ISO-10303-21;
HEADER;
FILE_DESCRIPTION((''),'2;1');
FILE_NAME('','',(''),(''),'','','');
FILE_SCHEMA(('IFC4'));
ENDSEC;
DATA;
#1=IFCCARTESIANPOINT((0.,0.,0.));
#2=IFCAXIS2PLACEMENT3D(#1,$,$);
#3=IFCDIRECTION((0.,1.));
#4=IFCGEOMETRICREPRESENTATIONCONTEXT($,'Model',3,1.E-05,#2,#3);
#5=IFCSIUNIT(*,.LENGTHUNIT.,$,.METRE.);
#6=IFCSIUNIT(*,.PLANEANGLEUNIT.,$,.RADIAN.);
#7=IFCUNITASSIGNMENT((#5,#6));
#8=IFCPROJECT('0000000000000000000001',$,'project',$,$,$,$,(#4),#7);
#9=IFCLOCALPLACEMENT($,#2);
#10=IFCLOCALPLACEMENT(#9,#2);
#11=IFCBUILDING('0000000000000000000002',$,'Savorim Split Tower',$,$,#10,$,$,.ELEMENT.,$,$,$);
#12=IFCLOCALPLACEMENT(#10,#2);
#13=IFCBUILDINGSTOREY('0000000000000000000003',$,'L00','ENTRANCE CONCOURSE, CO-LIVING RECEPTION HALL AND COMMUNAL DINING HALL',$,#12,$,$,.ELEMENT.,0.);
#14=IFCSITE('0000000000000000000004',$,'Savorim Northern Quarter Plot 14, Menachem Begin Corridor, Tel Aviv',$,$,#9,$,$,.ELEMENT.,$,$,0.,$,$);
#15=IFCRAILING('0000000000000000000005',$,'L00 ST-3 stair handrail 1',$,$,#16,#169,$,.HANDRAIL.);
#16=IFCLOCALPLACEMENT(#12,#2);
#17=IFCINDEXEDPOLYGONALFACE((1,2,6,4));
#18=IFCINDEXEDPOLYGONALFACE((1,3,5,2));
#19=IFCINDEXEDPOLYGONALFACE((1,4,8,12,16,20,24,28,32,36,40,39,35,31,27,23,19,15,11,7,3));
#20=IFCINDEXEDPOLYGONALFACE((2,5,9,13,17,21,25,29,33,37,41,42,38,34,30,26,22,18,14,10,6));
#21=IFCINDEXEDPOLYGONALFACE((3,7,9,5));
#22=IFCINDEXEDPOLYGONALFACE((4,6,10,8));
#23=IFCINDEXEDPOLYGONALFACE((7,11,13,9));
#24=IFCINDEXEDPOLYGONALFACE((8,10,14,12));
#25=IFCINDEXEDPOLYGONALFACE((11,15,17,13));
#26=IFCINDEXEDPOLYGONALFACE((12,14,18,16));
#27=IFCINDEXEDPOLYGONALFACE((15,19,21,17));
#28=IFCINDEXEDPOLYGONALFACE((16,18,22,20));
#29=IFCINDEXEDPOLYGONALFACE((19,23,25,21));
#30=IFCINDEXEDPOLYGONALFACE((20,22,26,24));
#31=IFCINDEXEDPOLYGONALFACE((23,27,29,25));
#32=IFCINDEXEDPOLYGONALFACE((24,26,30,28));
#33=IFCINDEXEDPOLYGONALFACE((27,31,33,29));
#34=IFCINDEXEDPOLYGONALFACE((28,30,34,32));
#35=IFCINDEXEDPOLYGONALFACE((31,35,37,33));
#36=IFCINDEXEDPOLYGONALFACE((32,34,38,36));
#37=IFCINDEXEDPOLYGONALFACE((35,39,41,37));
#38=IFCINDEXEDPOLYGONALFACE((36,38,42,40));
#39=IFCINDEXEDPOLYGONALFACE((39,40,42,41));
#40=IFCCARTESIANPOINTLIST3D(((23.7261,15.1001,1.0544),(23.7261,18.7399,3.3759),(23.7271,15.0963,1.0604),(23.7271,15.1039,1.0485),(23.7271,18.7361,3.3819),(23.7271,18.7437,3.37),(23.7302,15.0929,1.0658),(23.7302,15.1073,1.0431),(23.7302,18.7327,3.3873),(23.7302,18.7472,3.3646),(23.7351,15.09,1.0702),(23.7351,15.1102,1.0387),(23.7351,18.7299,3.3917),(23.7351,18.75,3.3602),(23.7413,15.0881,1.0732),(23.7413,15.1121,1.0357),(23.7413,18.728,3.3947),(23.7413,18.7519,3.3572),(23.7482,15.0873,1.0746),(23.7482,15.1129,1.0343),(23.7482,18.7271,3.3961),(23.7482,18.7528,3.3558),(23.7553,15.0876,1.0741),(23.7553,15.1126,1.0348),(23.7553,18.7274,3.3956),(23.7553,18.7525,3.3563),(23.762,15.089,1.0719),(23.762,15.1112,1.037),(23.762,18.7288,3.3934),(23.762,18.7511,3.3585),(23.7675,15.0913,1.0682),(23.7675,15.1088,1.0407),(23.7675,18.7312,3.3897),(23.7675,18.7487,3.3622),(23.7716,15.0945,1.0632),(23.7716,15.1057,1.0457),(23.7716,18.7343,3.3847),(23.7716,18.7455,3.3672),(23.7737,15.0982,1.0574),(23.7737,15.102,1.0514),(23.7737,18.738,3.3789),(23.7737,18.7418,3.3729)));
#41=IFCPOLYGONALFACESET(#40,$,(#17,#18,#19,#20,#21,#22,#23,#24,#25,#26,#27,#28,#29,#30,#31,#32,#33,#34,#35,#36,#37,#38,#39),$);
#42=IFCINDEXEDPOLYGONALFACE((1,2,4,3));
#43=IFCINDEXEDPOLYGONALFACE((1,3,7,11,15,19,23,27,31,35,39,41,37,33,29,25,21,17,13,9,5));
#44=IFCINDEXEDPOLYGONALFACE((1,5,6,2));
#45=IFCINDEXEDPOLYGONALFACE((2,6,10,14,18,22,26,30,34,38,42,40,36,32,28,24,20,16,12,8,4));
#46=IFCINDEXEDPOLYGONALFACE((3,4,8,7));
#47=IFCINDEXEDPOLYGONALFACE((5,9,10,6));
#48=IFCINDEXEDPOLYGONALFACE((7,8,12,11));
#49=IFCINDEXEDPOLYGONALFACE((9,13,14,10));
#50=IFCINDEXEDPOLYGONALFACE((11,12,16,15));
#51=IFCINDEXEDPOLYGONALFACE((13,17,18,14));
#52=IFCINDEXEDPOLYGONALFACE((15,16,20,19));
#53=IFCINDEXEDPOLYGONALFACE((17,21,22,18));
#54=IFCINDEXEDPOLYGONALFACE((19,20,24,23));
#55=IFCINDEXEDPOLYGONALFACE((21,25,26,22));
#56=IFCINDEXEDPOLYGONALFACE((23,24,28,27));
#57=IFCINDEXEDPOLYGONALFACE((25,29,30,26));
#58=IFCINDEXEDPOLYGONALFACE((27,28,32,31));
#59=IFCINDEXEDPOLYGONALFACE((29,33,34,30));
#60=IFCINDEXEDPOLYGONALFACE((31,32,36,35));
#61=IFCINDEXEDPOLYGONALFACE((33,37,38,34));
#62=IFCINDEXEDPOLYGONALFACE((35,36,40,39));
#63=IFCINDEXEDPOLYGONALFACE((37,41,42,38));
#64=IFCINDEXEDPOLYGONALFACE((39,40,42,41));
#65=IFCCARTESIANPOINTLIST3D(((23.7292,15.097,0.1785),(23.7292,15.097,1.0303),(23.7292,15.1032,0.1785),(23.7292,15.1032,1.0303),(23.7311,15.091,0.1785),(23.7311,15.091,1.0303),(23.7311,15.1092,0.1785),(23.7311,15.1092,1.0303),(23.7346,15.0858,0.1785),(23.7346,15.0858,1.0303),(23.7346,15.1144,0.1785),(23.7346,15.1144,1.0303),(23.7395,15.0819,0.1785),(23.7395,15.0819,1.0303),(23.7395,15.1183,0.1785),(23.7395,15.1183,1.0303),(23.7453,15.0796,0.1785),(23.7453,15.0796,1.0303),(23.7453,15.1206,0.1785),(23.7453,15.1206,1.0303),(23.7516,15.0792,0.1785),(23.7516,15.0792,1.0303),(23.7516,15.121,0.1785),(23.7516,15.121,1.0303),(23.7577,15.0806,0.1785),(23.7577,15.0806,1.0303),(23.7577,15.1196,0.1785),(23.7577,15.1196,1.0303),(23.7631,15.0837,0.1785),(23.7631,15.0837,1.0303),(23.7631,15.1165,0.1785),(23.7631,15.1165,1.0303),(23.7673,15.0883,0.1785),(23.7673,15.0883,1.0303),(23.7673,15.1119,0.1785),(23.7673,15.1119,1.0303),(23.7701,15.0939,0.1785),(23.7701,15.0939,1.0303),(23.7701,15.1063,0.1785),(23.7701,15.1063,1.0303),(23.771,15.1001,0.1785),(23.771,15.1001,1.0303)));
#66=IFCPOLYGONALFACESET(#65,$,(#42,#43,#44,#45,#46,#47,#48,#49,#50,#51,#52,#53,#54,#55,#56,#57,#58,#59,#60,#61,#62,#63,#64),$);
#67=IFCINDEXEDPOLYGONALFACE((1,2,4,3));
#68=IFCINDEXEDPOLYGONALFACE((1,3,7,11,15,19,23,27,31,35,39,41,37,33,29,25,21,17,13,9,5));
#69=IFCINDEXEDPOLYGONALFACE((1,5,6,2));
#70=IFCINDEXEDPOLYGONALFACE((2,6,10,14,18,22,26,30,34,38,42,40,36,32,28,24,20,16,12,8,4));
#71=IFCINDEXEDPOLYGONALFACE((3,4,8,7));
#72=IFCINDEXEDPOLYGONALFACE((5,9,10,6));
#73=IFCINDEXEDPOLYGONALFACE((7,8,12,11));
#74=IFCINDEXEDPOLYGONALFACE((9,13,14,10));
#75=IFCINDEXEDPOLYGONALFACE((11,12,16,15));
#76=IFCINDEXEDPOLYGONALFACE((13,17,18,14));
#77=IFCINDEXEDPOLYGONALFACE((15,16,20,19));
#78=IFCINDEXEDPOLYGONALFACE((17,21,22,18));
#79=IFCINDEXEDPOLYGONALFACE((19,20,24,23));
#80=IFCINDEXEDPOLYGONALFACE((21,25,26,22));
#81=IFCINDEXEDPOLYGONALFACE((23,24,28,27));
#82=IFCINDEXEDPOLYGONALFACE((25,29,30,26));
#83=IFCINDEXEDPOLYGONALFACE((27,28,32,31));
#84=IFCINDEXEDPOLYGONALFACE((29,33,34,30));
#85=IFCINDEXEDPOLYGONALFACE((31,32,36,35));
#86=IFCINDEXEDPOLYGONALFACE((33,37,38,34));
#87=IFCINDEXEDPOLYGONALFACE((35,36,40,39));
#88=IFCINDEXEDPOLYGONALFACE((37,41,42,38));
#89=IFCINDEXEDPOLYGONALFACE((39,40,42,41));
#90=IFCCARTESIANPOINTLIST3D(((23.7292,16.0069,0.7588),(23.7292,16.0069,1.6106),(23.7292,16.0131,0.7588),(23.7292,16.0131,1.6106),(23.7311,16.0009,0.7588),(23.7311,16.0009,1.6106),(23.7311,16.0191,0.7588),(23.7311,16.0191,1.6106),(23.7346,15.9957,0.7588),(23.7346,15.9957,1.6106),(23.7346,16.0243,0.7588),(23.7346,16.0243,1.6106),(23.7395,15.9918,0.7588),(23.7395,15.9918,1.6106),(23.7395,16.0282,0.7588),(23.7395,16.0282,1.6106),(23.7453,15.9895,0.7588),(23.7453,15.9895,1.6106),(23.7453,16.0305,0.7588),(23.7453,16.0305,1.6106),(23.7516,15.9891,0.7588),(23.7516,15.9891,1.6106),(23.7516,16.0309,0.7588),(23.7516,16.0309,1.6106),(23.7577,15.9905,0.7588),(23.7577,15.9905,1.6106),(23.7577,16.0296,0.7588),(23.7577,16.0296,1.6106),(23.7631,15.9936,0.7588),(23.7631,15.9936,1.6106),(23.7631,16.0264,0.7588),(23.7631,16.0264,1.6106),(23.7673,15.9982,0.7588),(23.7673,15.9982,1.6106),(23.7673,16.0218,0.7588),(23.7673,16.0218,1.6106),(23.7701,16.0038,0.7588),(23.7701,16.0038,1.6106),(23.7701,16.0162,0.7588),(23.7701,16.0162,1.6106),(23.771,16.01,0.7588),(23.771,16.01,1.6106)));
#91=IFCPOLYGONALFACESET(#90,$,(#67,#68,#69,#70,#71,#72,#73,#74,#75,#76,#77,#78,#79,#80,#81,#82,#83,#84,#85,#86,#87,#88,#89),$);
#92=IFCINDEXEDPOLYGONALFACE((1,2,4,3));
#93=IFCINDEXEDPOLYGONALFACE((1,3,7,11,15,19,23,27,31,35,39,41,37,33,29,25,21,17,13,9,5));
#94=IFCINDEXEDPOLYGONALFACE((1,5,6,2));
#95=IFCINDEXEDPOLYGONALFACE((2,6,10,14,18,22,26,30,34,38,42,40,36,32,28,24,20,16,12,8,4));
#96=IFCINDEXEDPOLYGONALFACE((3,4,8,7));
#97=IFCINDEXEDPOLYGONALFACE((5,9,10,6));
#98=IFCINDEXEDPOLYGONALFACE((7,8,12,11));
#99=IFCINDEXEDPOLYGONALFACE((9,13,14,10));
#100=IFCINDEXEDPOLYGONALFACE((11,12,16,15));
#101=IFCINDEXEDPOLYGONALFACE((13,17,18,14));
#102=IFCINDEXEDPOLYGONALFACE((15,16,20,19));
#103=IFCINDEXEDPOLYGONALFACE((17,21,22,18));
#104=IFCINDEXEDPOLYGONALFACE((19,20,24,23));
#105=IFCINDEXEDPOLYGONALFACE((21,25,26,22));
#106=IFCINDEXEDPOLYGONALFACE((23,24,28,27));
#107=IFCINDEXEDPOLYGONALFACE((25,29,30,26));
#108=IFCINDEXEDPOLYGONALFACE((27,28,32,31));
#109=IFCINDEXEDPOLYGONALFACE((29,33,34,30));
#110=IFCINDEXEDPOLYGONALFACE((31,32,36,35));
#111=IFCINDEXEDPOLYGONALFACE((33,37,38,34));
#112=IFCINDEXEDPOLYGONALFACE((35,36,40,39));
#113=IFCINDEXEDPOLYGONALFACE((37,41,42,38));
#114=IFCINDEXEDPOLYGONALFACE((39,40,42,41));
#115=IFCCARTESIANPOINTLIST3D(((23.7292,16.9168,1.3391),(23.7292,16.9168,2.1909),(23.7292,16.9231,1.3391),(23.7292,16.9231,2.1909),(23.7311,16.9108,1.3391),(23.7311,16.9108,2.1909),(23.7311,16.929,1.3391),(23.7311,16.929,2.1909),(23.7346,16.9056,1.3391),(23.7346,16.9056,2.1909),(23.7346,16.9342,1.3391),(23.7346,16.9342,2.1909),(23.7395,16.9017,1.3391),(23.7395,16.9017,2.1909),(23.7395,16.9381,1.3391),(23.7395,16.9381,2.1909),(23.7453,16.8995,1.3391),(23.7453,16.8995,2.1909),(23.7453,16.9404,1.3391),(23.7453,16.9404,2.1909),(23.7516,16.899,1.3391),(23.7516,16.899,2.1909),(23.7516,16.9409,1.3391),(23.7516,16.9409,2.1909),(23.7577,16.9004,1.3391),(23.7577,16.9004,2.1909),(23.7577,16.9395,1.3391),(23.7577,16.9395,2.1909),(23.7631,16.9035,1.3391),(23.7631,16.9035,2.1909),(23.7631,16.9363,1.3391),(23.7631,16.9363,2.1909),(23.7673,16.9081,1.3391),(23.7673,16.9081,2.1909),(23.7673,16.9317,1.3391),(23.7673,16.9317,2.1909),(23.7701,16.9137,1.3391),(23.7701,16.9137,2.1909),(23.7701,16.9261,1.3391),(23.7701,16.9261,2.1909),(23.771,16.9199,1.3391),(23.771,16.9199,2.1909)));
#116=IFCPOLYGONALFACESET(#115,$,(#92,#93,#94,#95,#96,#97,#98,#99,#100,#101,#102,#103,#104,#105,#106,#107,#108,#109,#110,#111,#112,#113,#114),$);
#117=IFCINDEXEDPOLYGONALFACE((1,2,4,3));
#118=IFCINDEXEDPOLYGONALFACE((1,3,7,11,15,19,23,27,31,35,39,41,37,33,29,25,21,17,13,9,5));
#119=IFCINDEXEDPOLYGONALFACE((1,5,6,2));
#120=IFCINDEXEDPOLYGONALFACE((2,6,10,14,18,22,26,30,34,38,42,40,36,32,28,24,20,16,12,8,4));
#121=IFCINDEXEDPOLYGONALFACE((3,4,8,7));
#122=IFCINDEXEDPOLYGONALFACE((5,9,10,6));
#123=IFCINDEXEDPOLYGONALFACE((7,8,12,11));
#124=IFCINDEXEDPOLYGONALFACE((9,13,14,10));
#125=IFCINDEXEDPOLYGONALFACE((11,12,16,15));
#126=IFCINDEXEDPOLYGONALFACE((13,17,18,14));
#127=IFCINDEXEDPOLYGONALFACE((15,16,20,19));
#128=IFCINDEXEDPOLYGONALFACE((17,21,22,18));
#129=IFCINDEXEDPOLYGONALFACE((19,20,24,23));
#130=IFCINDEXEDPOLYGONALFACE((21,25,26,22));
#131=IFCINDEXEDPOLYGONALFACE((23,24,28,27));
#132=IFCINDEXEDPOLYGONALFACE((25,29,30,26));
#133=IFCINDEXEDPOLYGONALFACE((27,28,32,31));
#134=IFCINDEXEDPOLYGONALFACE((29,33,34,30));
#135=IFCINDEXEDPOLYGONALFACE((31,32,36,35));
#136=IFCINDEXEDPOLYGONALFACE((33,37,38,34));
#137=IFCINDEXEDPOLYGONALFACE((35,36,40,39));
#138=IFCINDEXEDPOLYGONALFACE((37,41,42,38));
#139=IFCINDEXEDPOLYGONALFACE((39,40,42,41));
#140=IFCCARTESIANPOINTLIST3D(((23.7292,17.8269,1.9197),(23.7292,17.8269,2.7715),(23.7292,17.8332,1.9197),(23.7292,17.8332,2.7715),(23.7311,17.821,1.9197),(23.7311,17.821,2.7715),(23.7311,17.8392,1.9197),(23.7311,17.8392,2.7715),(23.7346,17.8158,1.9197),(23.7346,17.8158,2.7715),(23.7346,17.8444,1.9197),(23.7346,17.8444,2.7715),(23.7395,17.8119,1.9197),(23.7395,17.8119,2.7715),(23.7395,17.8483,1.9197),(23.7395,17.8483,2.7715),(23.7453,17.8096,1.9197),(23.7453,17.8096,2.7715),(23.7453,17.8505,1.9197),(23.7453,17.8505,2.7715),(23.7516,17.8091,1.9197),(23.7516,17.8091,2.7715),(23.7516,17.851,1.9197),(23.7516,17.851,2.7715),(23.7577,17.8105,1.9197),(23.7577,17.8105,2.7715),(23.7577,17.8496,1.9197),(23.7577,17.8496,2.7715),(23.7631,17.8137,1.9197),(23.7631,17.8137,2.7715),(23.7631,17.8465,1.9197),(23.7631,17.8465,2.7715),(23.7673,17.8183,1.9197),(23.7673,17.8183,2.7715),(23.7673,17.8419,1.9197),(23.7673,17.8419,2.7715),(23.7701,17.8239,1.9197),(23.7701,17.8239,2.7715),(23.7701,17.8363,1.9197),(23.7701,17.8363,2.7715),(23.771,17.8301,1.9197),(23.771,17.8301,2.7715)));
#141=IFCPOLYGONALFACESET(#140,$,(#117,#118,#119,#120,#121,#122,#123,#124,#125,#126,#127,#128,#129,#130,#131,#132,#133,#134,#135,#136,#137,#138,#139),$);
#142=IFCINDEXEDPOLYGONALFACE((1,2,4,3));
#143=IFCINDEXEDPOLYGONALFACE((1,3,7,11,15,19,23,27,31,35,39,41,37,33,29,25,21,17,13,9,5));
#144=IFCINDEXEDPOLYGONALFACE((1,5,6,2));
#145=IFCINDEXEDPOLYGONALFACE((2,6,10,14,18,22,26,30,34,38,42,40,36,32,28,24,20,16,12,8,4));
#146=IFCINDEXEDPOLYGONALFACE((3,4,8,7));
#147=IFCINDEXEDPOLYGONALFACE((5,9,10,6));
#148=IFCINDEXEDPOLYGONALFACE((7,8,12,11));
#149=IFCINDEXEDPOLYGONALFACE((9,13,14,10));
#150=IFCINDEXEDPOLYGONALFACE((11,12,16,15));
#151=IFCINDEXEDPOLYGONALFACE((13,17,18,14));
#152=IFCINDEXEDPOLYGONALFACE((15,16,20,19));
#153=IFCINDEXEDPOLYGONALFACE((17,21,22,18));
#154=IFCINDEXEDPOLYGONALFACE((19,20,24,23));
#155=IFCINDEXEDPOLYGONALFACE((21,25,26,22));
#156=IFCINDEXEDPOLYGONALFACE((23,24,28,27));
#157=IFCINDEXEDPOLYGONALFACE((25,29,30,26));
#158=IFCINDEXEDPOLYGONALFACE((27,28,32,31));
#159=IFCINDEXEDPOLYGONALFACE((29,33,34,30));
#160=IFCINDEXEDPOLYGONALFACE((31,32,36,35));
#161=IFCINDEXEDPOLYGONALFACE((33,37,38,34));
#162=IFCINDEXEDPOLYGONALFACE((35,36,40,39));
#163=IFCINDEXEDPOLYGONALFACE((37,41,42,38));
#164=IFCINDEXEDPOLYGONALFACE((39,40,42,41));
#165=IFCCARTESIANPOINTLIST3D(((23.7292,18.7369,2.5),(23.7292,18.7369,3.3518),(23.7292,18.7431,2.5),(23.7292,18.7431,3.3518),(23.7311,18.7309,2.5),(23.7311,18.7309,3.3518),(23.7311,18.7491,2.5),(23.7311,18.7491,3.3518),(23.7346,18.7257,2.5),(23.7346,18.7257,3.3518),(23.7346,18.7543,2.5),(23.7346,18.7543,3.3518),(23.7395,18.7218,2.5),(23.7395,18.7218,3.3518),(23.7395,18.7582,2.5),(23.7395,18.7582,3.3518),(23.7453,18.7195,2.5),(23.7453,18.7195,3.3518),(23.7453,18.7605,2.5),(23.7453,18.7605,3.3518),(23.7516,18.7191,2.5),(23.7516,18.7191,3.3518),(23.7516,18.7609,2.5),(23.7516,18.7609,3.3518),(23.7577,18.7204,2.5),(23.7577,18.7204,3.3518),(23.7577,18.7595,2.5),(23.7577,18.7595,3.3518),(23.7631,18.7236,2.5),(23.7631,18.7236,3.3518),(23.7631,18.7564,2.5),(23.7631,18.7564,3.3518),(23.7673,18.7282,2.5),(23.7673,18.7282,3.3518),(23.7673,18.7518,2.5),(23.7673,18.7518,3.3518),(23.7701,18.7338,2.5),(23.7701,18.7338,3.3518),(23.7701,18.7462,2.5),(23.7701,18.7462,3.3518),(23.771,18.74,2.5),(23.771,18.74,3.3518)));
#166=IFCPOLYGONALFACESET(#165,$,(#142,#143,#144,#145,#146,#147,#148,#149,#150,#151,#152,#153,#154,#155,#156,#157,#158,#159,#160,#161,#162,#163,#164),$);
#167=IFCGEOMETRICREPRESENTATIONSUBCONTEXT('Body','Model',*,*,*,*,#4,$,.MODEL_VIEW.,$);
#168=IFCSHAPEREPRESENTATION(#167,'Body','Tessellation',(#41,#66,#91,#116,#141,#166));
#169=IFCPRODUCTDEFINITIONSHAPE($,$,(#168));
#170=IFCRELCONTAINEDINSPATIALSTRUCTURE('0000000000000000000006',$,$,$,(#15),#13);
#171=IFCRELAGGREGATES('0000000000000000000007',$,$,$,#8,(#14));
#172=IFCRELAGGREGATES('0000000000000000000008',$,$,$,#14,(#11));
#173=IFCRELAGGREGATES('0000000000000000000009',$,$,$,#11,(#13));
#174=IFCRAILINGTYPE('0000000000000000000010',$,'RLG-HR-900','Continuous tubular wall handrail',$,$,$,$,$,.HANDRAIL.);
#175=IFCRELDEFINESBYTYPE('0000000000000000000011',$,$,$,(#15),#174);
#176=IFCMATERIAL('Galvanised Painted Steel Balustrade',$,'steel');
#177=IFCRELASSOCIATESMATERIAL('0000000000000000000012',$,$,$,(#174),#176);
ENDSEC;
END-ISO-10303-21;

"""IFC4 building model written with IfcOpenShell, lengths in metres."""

from ifc_helpers import new_model, si_unit, direction, frame, origin, origin_2d, place, context, subcontext, project, spatial, circle, extrude, material, type_object, element, save


model = new_model("IFC4")

# Units and contexts
model_context = context("Model", 3, precision=1e-05, world=origin(), true_north=direction((0.0, 1.0)))
body_context = subcontext(model_context, "Body", "Model", "MODEL_VIEW")
ifc_project = project(units=[si_unit("LENGTHUNIT", "METRE"), si_unit("PLANEANGLEUNIT", "RADIAN")], contexts=[model_context])

# Site, building, storey
site_placement = place(None, origin())
site = spatial("IfcSite", under=ifc_project, at=site_placement, Name="Savorim Northern Quarter Plot 14, Menachem Begin Corridor, Tel Aviv", CompositionType="ELEMENT", RefElevation=0.0)
building_placement = place(site_placement, origin())
building = spatial("IfcBuilding", under=site, at=building_placement, Name="Savorim Split Tower", CompositionType="ELEMENT")
storey_placement = place(building_placement, origin())
storey = spatial("IfcBuildingStorey", under=building, at=storey_placement, Name="L00", Description="ENTRANCE CONCOURSE, CO-LIVING RECEPTION HALL AND COMMUNAL DINING HALL", CompositionType="ELEMENT", Elevation=0.0)

# Railing
ifc_material_1 = material(Name="Galvanised Painted Steel Balustrade", Category="steel")
railing_type_1 = type_object("IfcRailingType", Name="RLG-HR-900", Description="Continuous tubular wall handrail", PredefinedType="HANDRAIL", material=ifc_material_1)
railing_1_placement = place(storey_placement, frame((23.75, 15.1001, 0.1785)))
element("IfcRailing", 1, at=railing_1_placement, inside=storey, type_object=railing_type_1, Name="L00 ST-3 stair handrail 1", PredefinedType="HANDRAIL", context=body_context, shape_type="SweptSolid", body=[
    extrude(circle(Radius=0.0239, at=origin_2d()), frame((0.0, 0.0, 0.876), z_axis=(0.0, 0.843112, 0.537739), x_axis=(-1.0, 0.0, 0.0)), (0.0, 0.0, 1.0), 4.3171),
    extrude(circle(Radius=0.021, at=origin_2d()), origin(), (0.0, 0.0, 1.0), 0.8518),
    extrude(circle(Radius=0.021, at=origin_2d()), frame((0.0, 0.9099, 0.5803)), (0.0, 0.0, 1.0), 0.8518),
    extrude(circle(Radius=0.021, at=origin_2d()), frame((0.0, 1.8198, 1.1606)), (0.0, 0.0, 1.0), 0.8518),
    extrude(circle(Radius=0.021, at=origin_2d()), frame((0.0, 2.73, 1.7412)), (0.0, 0.0, 1.0), 0.8518),
    extrude(circle(Radius=0.021, at=origin_2d()), frame((0.0, 3.6399, 2.3215)), (0.0, 0.0, 1.0), 0.8518),
])

save(model, "model.ifc")
